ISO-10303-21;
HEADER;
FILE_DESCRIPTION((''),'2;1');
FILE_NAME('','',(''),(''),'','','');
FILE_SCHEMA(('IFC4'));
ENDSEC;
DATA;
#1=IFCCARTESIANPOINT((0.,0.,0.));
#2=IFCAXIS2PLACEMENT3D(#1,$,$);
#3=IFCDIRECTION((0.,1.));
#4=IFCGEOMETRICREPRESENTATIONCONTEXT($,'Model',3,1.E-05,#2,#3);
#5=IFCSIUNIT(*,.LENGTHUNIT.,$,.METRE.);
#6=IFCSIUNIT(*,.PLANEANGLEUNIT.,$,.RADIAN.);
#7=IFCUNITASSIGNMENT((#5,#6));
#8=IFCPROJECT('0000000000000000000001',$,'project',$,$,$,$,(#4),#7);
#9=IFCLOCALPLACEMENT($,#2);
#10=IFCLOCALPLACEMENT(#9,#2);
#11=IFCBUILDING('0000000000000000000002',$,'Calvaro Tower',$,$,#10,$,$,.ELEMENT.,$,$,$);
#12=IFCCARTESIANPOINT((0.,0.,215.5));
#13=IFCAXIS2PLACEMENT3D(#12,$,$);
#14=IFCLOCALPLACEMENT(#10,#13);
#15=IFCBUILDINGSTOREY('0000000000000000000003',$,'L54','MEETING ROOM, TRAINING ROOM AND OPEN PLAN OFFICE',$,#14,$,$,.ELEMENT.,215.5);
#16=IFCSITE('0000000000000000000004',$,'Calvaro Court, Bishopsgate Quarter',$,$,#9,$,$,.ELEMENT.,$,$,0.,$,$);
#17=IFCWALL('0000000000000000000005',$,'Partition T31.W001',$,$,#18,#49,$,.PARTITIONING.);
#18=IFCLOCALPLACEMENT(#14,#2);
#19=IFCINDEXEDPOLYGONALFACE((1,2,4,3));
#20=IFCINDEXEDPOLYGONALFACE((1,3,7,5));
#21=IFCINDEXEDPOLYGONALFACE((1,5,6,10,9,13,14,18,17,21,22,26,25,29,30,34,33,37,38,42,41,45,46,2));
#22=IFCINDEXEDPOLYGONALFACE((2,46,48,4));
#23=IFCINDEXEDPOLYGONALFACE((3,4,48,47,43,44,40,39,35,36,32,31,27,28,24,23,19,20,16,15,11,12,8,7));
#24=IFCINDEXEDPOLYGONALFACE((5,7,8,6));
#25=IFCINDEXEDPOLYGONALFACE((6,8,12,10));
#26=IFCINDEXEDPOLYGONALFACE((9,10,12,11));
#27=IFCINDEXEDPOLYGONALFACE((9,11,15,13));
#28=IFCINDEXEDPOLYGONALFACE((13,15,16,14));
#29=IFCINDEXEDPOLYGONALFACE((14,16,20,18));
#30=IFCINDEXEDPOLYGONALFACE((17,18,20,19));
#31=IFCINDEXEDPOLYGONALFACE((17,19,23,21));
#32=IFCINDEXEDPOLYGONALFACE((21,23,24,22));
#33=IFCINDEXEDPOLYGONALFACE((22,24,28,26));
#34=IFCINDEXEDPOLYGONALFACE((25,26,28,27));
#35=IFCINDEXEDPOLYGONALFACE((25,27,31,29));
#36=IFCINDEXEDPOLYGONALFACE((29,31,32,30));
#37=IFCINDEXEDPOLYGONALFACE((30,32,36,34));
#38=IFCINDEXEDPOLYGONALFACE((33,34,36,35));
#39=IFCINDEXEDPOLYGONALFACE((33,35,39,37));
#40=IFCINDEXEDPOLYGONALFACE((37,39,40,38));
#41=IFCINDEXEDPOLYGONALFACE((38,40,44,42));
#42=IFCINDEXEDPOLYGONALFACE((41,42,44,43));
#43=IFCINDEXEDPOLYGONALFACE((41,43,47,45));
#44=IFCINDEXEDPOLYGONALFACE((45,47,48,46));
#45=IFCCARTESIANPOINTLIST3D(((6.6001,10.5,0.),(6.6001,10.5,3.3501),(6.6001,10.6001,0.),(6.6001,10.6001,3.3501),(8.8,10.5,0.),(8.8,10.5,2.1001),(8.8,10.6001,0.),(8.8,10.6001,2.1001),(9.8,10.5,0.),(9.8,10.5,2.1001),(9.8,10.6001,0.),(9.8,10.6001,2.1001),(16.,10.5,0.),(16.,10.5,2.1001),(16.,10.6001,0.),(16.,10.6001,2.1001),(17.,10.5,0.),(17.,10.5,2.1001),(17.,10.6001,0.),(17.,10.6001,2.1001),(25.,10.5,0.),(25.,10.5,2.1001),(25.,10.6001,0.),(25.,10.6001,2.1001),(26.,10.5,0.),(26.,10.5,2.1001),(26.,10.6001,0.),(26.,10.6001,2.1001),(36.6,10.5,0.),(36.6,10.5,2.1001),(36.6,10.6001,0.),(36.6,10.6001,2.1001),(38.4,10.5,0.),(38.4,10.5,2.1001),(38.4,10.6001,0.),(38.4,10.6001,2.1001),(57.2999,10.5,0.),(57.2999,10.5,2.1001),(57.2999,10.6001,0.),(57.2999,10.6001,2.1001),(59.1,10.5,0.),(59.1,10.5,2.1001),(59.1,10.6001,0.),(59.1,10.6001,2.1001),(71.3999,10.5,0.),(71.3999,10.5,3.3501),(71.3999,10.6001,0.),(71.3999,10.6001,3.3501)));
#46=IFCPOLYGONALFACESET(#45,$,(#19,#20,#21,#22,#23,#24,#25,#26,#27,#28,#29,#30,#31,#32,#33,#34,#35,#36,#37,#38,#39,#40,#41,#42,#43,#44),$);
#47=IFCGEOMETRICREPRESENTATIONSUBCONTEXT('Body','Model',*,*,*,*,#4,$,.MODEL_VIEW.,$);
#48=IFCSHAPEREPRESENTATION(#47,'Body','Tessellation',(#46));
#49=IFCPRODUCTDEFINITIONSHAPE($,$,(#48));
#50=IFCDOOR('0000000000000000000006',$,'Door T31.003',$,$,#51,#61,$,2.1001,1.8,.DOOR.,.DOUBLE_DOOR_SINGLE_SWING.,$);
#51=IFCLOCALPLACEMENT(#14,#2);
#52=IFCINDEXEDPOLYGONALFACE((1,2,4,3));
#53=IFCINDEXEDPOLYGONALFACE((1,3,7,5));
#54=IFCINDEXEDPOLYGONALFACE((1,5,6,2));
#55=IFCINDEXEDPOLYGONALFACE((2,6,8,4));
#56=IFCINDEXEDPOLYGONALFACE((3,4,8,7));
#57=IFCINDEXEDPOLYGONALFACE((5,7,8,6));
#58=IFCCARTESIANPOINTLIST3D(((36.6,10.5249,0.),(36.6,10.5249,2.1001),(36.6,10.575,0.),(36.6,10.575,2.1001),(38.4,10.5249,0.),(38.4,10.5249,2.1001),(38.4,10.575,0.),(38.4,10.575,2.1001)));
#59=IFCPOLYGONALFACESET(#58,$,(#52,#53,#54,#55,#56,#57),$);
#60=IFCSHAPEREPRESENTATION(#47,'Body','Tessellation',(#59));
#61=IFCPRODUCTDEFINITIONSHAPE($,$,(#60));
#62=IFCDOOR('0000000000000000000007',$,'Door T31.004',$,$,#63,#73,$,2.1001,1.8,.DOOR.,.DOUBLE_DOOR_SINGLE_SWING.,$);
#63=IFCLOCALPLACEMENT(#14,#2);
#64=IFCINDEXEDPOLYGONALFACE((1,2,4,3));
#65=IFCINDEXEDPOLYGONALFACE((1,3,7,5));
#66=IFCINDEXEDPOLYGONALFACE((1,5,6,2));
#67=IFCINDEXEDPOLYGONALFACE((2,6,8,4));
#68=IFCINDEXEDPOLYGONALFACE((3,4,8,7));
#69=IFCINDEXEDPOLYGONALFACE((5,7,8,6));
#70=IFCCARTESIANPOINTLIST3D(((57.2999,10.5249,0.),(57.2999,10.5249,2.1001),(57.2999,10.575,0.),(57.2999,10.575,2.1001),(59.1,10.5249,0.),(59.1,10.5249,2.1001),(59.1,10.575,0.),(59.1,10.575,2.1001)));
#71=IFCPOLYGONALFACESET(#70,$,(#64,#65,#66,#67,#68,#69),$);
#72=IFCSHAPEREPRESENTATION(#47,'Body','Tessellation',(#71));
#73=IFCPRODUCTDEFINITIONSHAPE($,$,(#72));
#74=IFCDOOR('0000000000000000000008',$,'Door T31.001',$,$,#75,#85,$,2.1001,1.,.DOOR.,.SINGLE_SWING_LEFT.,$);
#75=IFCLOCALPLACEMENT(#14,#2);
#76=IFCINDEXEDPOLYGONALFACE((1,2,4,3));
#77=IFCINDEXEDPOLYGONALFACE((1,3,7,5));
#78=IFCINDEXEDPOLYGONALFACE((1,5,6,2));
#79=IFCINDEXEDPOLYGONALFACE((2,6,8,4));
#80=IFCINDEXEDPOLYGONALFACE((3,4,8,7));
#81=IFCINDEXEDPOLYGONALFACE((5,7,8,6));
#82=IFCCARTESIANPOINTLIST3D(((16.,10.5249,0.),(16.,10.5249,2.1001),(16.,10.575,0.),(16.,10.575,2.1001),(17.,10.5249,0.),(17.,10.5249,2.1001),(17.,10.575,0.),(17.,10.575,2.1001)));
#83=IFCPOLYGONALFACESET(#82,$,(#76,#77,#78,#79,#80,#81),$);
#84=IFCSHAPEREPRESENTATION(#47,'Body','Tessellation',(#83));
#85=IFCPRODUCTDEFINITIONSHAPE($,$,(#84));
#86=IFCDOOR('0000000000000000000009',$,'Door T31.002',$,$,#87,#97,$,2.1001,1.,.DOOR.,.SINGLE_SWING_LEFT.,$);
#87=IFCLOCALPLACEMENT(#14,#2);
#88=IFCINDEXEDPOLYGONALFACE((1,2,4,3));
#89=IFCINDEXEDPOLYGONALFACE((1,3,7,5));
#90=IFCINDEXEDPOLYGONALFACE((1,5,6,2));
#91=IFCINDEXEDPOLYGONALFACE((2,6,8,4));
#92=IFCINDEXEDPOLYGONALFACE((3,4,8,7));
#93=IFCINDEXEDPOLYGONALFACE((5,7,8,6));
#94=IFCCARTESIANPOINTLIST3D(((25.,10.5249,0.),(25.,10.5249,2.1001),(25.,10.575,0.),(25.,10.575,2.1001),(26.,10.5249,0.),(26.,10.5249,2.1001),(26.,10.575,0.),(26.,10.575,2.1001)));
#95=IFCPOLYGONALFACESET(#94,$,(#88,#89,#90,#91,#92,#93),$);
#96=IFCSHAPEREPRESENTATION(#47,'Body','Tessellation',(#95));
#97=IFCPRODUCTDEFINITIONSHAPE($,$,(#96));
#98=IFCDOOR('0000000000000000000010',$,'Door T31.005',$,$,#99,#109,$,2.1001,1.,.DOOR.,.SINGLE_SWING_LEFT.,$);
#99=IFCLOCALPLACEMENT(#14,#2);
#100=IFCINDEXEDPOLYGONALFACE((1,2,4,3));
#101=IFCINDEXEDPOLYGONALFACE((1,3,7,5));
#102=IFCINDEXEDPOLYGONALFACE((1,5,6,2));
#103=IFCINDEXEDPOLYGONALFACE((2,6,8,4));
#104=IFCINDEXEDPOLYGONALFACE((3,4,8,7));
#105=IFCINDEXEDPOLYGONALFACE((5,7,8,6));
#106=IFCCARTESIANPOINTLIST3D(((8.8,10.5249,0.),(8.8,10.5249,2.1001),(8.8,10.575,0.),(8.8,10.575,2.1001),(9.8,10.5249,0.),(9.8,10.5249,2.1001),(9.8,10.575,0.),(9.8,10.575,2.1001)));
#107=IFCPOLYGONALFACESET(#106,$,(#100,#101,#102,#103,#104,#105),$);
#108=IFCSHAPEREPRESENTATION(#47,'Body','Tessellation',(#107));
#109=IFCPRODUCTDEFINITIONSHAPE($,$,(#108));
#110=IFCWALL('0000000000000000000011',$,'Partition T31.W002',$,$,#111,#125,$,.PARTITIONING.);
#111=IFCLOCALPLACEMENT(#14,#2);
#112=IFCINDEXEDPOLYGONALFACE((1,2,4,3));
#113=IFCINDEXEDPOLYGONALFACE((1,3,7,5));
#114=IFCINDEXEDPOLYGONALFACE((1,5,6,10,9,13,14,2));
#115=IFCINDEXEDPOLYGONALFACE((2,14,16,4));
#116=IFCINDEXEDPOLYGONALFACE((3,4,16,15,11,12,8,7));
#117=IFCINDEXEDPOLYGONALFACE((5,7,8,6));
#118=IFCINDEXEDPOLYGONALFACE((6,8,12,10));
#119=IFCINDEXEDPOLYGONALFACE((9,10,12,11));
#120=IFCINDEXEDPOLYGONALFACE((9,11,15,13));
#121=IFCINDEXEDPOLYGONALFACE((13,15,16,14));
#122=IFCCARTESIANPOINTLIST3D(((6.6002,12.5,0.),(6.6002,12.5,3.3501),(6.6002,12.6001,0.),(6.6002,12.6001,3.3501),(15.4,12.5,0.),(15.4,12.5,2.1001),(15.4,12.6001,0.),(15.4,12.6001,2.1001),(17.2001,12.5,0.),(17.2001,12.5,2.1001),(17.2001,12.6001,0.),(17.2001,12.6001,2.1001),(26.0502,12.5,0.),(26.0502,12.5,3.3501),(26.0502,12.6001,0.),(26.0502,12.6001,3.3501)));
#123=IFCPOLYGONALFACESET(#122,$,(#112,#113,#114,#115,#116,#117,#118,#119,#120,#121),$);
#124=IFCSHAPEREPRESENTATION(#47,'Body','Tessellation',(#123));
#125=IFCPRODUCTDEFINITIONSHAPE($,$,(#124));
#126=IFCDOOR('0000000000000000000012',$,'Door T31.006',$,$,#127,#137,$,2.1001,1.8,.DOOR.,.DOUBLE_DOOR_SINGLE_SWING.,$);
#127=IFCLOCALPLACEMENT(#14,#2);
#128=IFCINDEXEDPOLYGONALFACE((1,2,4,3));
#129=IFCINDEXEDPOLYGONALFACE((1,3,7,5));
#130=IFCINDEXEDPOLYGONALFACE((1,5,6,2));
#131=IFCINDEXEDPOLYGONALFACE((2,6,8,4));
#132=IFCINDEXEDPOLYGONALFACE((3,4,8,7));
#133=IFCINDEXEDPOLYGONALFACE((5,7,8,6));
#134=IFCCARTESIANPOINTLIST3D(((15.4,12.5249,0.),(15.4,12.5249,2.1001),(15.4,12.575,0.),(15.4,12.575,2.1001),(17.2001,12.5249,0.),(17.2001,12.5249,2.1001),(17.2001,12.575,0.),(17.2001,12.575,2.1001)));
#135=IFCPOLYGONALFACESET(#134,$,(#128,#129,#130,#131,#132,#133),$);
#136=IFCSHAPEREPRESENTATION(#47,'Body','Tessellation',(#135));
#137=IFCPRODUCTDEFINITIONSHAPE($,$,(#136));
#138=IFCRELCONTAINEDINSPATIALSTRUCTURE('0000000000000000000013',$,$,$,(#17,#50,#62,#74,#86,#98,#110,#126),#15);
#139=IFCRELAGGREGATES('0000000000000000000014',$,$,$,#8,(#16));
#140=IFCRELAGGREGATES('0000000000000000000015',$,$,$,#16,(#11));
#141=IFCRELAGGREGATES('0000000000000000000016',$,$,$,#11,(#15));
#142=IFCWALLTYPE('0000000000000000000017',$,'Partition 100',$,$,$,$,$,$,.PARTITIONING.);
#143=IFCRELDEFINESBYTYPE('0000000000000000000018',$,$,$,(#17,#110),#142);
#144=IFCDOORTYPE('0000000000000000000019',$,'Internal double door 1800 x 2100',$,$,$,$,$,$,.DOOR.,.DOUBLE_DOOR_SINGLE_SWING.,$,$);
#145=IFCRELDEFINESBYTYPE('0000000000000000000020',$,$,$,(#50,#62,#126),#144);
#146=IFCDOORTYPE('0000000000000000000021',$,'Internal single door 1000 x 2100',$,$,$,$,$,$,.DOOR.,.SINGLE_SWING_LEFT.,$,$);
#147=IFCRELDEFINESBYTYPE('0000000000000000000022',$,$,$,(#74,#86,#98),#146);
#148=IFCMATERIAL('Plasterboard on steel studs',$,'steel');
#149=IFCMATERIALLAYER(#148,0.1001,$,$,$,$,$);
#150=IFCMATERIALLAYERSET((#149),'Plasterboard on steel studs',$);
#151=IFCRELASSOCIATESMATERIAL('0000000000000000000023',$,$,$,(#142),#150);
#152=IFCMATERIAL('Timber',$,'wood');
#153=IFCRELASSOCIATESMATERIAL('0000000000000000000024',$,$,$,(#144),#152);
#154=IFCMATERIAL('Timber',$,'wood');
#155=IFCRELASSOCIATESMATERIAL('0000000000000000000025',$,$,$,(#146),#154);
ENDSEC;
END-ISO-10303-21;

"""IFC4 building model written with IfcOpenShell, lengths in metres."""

from ifc_helpers import new_model, si_unit, direction, frame, frame_2d, origin, place, context, subcontext, project, spatial, rectangle, extrude, material, layer, layer_set, type_object, element, fill, save


model = new_model("IFC4")

# Units and contexts
model_context = context("Model", 3, precision=1e-05, world=origin(), true_north=direction((0.0, 1.0)))
body_context = subcontext(model_context, "Body", "Model", "MODEL_VIEW")
ifc_project = project(units=[si_unit("LENGTHUNIT", "METRE"), si_unit("PLANEANGLEUNIT", "RADIAN")], contexts=[model_context])

# Site, building, storey
site_placement = place(None, origin())
site = spatial("IfcSite", under=ifc_project, at=site_placement, Name="Calvaro Court, Bishopsgate Quarter", CompositionType="ELEMENT", RefElevation=0.0)
building_placement = place(site_placement, origin())
building = spatial("IfcBuilding", under=site, at=building_placement, Name="Calvaro Tower", CompositionType="ELEMENT")
storey_placement = place(building_placement, frame((0.0, 0.0, 215.5)))
storey = spatial("IfcBuildingStorey", under=building, at=storey_placement, Name="L54", Description="MEETING ROOM, TRAINING ROOM AND OPEN PLAN OFFICE", CompositionType="ELEMENT", Elevation=215.5)

# Wall, openings, doors
ifc_material_1 = material(Name="Plasterboard on steel studs", Category="steel")
ifc_layer_1 = layer(ifc_material_1, 0.1001)
ifc_layer_set_1 = layer_set([ifc_layer_1], Name="Plasterboard on steel studs")
wall_type_1 = type_object("IfcWallType", Name="Partition 100", PredefinedType="PARTITIONING", material=ifc_layer_set_1)
wall_1_placement = place(storey_placement, frame((6.6001, 10.55, 0.0), z_axis=(0.0, 0.0, 1.0), x_axis=(1.0, 0.0, 0.0)))
wall_1 = element("IfcWall", 1, at=wall_1_placement, inside=storey, type_object=wall_type_1, Name="Partition T31.W001", PredefinedType="PARTITIONING", context=body_context, shape_type="SweptSolid", body=[
    extrude(rectangle(XDim=64.7998, YDim=0.1001, at=frame_2d((32.3999, 0.0))), origin(), (0.0, 0.0, 1.0), 3.3501),
])
opening_1_placement = place(wall_1_placement, frame((9.3999, 0.0, 0.0)))
opening_1 = element("IfcOpeningElement", 2, at=opening_1_placement, cuts=wall_1, PredefinedType="OPENING", context=body_context, shape_type="SweptSolid", body=[
    extrude(rectangle(XDim=1.0, YDim=2.1001, at=frame_2d((0.5, 1.05))), frame((0.0, 0.0601, 0.0), z_axis=(0.0, -1.0, 0.0), x_axis=(1.0, 0.0, 0.0)), (0.0, 0.0, 1.0), 0.1201),
])
opening_2_placement = place(wall_1_placement, frame((18.3999, 0.0, 0.0)))
opening_2 = element("IfcOpeningElement", 3, at=opening_2_placement, cuts=wall_1, PredefinedType="OPENING", context=body_context, shape_type="SweptSolid", body=[
    extrude(rectangle(XDim=1.0, YDim=2.1001, at=frame_2d((0.5, 1.05))), frame((0.0, 0.0601, 0.0), z_axis=(0.0, -1.0, 0.0), x_axis=(1.0, 0.0, 0.0)), (0.0, 0.0, 1.0), 0.1201),
])
opening_3_placement = place(wall_1_placement, frame((30.0, 0.0, 0.0)))
opening_3 = element("IfcOpeningElement", 4, at=opening_3_placement, cuts=wall_1, PredefinedType="OPENING", context=body_context, shape_type="SweptSolid", body=[
    extrude(rectangle(XDim=1.8, YDim=2.1001, at=frame_2d((0.8999, 1.05))), frame((0.0, 0.0601, 0.0), z_axis=(0.0, -1.0, 0.0), x_axis=(1.0, 0.0, 0.0)), (0.0, 0.0, 1.0), 0.1201),
])
opening_4_placement = place(wall_1_placement, frame((50.7, 0.0, 0.0)))
opening_4 = element("IfcOpeningElement", 5, at=opening_4_placement, cuts=wall_1, PredefinedType="OPENING", context=body_context, shape_type="SweptSolid", body=[
    extrude(rectangle(XDim=1.8, YDim=2.1001, at=frame_2d((0.8999, 1.05))), frame((0.0, 0.0601, 0.0), z_axis=(0.0, -1.0, 0.0), x_axis=(1.0, 0.0, 0.0)), (0.0, 0.0, 1.0), 0.1201),
])
opening_5_placement = place(wall_1_placement, frame((2.2, 0.0, 0.0)))
opening_5 = element("IfcOpeningElement", 6, at=opening_5_placement, cuts=wall_1, PredefinedType="OPENING", context=body_context, shape_type="SweptSolid", body=[
    extrude(rectangle(XDim=1.0, YDim=2.1001, at=frame_2d((0.5, 1.05))), frame((0.0, 0.0601, 0.0), z_axis=(0.0, -1.0, 0.0), x_axis=(1.0, 0.0, 0.0)), (0.0, 0.0, 1.0), 0.1201),
])
ifc_material_2 = material(Name="Timber", Category="wood")
door_type_1 = type_object("IfcDoorType", Name="Internal double door 1800 x 2100", OperationType="DOUBLE_DOOR_SINGLE_SWING", PredefinedType="DOOR", material=ifc_material_2)
door_1_placement = place(opening_3_placement, origin())
door_1 = element("IfcDoor", 7, at=door_1_placement, inside=storey, type_object=door_type_1, Name="Door T31.003", OperationType="DOUBLE_DOOR_SINGLE_SWING", OverallHeight=2.1001, OverallWidth=1.8, PredefinedType="DOOR", context=body_context, shape_type="SweptSolid", body=[
    extrude(rectangle(XDim=1.8, YDim=2.1001, at=frame_2d((0.8999, 1.05))), frame((0.0, 0.0249, 0.0), z_axis=(0.0, -1.0, 0.0), x_axis=(1.0, 0.0, 0.0)), (0.0, 0.0, 1.0), 0.05),
])
fill(opening_3, door_1)
door_2_placement = place(opening_4_placement, origin())
door_2 = element("IfcDoor", 8, at=door_2_placement, inside=storey, type_object=door_type_1, Name="Door T31.004", OperationType="DOUBLE_DOOR_SINGLE_SWING", OverallHeight=2.1001, OverallWidth=1.8, PredefinedType="DOOR", context=body_context, shape_type="SweptSolid", body=[
    extrude(rectangle(XDim=1.8, YDim=2.1001, at=frame_2d((0.8999, 1.05))), frame((0.0, 0.0249, 0.0), z_axis=(0.0, -1.0, 0.0), x_axis=(1.0, 0.0, 0.0)), (0.0, 0.0, 1.0), 0.05),
])
fill(opening_4, door_2)
ifc_material_3 = material(Name="Timber", Category="wood")
door_type_2 = type_object("IfcDoorType", Name="Internal single door 1000 x 2100", OperationType="SINGLE_SWING_LEFT", PredefinedType="DOOR", material=ifc_material_3)
door_3_placement = place(opening_1_placement, origin())
door_3 = element("IfcDoor", 9, at=door_3_placement, inside=storey, type_object=door_type_2, Name="Door T31.001", OperationType="SINGLE_SWING_LEFT", OverallHeight=2.1001, OverallWidth=1.0, PredefinedType="DOOR", context=body_context, shape_type="SweptSolid", body=[
    extrude(rectangle(XDim=1.0, YDim=2.1001, at=frame_2d((0.5, 1.05))), frame((0.0, 0.0249, 0.0), z_axis=(0.0, -1.0, 0.0), x_axis=(1.0, 0.0, 0.0)), (0.0, 0.0, 1.0), 0.05),
])
fill(opening_1, door_3)
door_4_placement = place(opening_2_placement, origin())
door_4 = element("IfcDoor", 10, at=door_4_placement, inside=storey, type_object=door_type_2, Name="Door T31.002", OperationType="SINGLE_SWING_LEFT", OverallHeight=2.1001, OverallWidth=1.0, PredefinedType="DOOR", context=body_context, shape_type="SweptSolid", body=[
    extrude(rectangle(XDim=1.0, YDim=2.1001, at=frame_2d((0.5, 1.05))), frame((0.0, 0.0249, 0.0), z_axis=(0.0, -1.0, 0.0), x_axis=(1.0, 0.0, 0.0)), (0.0, 0.0, 1.0), 0.05),
])
fill(opening_2, door_4)
door_5_placement = place(opening_5_placement, origin())
door_5 = element("IfcDoor", 11, at=door_5_placement, inside=storey, type_object=door_type_2, Name="Door T31.005", OperationType="SINGLE_SWING_LEFT", OverallHeight=2.1001, OverallWidth=1.0, PredefinedType="DOOR", context=body_context, shape_type="SweptSolid", body=[
    extrude(rectangle(XDim=1.0, YDim=2.1001, at=frame_2d((0.5, 1.05))), frame((0.0, 0.0249, 0.0), z_axis=(0.0, -1.0, 0.0), x_axis=(1.0, 0.0, 0.0)), (0.0, 0.0, 1.0), 0.05),
])
fill(opening_5, door_5)

# Wall, opening, door
wall_2_placement = place(storey_placement, frame((6.6001, 12.55, 0.0), z_axis=(0.0, 0.0, 1.0), x_axis=(1.0, 0.0, 0.0)))
wall_2 = element("IfcWall", 12, at=wall_2_placement, inside=storey, type_object=wall_type_1, Name="Partition T31.W002", PredefinedType="PARTITIONING", context=body_context, shape_type="SweptSolid", body=[
    extrude(rectangle(XDim=19.45, YDim=0.1001, at=frame_2d((9.7251, 0.0))), origin(), (0.0, 0.0, 1.0), 3.3501),
])
opening_6_placement = place(wall_2_placement, frame((8.8, 0.0, 0.0)))
opening_6 = element("IfcOpeningElement", 13, at=opening_6_placement, cuts=wall_2, PredefinedType="OPENING", context=body_context, shape_type="SweptSolid", body=[
    extrude(rectangle(XDim=1.8, YDim=2.1001, at=frame_2d((0.8999, 1.05))), frame((0.0, 0.0601, 0.0), z_axis=(0.0, -1.0, 0.0), x_axis=(1.0, 0.0, 0.0)), (0.0, 0.0, 1.0), 0.1201),
])
door_6_placement = place(opening_6_placement, origin())
door_6 = element("IfcDoor", 14, at=door_6_placement, inside=storey, type_object=door_type_1, Name="Door T31.006", OperationType="DOUBLE_DOOR_SINGLE_SWING", OverallHeight=2.1001, OverallWidth=1.8, PredefinedType="DOOR", context=body_context, shape_type="SweptSolid", body=[
    extrude(rectangle(XDim=1.8, YDim=2.1001, at=frame_2d((0.8999, 1.05))), frame((0.0, 0.0249, 0.0), z_axis=(0.0, -1.0, 0.0), x_axis=(1.0, 0.0, 0.0)), (0.0, 0.0, 1.0), 0.05),
])
fill(opening_6, door_6)

save(model, "model.ifc")
